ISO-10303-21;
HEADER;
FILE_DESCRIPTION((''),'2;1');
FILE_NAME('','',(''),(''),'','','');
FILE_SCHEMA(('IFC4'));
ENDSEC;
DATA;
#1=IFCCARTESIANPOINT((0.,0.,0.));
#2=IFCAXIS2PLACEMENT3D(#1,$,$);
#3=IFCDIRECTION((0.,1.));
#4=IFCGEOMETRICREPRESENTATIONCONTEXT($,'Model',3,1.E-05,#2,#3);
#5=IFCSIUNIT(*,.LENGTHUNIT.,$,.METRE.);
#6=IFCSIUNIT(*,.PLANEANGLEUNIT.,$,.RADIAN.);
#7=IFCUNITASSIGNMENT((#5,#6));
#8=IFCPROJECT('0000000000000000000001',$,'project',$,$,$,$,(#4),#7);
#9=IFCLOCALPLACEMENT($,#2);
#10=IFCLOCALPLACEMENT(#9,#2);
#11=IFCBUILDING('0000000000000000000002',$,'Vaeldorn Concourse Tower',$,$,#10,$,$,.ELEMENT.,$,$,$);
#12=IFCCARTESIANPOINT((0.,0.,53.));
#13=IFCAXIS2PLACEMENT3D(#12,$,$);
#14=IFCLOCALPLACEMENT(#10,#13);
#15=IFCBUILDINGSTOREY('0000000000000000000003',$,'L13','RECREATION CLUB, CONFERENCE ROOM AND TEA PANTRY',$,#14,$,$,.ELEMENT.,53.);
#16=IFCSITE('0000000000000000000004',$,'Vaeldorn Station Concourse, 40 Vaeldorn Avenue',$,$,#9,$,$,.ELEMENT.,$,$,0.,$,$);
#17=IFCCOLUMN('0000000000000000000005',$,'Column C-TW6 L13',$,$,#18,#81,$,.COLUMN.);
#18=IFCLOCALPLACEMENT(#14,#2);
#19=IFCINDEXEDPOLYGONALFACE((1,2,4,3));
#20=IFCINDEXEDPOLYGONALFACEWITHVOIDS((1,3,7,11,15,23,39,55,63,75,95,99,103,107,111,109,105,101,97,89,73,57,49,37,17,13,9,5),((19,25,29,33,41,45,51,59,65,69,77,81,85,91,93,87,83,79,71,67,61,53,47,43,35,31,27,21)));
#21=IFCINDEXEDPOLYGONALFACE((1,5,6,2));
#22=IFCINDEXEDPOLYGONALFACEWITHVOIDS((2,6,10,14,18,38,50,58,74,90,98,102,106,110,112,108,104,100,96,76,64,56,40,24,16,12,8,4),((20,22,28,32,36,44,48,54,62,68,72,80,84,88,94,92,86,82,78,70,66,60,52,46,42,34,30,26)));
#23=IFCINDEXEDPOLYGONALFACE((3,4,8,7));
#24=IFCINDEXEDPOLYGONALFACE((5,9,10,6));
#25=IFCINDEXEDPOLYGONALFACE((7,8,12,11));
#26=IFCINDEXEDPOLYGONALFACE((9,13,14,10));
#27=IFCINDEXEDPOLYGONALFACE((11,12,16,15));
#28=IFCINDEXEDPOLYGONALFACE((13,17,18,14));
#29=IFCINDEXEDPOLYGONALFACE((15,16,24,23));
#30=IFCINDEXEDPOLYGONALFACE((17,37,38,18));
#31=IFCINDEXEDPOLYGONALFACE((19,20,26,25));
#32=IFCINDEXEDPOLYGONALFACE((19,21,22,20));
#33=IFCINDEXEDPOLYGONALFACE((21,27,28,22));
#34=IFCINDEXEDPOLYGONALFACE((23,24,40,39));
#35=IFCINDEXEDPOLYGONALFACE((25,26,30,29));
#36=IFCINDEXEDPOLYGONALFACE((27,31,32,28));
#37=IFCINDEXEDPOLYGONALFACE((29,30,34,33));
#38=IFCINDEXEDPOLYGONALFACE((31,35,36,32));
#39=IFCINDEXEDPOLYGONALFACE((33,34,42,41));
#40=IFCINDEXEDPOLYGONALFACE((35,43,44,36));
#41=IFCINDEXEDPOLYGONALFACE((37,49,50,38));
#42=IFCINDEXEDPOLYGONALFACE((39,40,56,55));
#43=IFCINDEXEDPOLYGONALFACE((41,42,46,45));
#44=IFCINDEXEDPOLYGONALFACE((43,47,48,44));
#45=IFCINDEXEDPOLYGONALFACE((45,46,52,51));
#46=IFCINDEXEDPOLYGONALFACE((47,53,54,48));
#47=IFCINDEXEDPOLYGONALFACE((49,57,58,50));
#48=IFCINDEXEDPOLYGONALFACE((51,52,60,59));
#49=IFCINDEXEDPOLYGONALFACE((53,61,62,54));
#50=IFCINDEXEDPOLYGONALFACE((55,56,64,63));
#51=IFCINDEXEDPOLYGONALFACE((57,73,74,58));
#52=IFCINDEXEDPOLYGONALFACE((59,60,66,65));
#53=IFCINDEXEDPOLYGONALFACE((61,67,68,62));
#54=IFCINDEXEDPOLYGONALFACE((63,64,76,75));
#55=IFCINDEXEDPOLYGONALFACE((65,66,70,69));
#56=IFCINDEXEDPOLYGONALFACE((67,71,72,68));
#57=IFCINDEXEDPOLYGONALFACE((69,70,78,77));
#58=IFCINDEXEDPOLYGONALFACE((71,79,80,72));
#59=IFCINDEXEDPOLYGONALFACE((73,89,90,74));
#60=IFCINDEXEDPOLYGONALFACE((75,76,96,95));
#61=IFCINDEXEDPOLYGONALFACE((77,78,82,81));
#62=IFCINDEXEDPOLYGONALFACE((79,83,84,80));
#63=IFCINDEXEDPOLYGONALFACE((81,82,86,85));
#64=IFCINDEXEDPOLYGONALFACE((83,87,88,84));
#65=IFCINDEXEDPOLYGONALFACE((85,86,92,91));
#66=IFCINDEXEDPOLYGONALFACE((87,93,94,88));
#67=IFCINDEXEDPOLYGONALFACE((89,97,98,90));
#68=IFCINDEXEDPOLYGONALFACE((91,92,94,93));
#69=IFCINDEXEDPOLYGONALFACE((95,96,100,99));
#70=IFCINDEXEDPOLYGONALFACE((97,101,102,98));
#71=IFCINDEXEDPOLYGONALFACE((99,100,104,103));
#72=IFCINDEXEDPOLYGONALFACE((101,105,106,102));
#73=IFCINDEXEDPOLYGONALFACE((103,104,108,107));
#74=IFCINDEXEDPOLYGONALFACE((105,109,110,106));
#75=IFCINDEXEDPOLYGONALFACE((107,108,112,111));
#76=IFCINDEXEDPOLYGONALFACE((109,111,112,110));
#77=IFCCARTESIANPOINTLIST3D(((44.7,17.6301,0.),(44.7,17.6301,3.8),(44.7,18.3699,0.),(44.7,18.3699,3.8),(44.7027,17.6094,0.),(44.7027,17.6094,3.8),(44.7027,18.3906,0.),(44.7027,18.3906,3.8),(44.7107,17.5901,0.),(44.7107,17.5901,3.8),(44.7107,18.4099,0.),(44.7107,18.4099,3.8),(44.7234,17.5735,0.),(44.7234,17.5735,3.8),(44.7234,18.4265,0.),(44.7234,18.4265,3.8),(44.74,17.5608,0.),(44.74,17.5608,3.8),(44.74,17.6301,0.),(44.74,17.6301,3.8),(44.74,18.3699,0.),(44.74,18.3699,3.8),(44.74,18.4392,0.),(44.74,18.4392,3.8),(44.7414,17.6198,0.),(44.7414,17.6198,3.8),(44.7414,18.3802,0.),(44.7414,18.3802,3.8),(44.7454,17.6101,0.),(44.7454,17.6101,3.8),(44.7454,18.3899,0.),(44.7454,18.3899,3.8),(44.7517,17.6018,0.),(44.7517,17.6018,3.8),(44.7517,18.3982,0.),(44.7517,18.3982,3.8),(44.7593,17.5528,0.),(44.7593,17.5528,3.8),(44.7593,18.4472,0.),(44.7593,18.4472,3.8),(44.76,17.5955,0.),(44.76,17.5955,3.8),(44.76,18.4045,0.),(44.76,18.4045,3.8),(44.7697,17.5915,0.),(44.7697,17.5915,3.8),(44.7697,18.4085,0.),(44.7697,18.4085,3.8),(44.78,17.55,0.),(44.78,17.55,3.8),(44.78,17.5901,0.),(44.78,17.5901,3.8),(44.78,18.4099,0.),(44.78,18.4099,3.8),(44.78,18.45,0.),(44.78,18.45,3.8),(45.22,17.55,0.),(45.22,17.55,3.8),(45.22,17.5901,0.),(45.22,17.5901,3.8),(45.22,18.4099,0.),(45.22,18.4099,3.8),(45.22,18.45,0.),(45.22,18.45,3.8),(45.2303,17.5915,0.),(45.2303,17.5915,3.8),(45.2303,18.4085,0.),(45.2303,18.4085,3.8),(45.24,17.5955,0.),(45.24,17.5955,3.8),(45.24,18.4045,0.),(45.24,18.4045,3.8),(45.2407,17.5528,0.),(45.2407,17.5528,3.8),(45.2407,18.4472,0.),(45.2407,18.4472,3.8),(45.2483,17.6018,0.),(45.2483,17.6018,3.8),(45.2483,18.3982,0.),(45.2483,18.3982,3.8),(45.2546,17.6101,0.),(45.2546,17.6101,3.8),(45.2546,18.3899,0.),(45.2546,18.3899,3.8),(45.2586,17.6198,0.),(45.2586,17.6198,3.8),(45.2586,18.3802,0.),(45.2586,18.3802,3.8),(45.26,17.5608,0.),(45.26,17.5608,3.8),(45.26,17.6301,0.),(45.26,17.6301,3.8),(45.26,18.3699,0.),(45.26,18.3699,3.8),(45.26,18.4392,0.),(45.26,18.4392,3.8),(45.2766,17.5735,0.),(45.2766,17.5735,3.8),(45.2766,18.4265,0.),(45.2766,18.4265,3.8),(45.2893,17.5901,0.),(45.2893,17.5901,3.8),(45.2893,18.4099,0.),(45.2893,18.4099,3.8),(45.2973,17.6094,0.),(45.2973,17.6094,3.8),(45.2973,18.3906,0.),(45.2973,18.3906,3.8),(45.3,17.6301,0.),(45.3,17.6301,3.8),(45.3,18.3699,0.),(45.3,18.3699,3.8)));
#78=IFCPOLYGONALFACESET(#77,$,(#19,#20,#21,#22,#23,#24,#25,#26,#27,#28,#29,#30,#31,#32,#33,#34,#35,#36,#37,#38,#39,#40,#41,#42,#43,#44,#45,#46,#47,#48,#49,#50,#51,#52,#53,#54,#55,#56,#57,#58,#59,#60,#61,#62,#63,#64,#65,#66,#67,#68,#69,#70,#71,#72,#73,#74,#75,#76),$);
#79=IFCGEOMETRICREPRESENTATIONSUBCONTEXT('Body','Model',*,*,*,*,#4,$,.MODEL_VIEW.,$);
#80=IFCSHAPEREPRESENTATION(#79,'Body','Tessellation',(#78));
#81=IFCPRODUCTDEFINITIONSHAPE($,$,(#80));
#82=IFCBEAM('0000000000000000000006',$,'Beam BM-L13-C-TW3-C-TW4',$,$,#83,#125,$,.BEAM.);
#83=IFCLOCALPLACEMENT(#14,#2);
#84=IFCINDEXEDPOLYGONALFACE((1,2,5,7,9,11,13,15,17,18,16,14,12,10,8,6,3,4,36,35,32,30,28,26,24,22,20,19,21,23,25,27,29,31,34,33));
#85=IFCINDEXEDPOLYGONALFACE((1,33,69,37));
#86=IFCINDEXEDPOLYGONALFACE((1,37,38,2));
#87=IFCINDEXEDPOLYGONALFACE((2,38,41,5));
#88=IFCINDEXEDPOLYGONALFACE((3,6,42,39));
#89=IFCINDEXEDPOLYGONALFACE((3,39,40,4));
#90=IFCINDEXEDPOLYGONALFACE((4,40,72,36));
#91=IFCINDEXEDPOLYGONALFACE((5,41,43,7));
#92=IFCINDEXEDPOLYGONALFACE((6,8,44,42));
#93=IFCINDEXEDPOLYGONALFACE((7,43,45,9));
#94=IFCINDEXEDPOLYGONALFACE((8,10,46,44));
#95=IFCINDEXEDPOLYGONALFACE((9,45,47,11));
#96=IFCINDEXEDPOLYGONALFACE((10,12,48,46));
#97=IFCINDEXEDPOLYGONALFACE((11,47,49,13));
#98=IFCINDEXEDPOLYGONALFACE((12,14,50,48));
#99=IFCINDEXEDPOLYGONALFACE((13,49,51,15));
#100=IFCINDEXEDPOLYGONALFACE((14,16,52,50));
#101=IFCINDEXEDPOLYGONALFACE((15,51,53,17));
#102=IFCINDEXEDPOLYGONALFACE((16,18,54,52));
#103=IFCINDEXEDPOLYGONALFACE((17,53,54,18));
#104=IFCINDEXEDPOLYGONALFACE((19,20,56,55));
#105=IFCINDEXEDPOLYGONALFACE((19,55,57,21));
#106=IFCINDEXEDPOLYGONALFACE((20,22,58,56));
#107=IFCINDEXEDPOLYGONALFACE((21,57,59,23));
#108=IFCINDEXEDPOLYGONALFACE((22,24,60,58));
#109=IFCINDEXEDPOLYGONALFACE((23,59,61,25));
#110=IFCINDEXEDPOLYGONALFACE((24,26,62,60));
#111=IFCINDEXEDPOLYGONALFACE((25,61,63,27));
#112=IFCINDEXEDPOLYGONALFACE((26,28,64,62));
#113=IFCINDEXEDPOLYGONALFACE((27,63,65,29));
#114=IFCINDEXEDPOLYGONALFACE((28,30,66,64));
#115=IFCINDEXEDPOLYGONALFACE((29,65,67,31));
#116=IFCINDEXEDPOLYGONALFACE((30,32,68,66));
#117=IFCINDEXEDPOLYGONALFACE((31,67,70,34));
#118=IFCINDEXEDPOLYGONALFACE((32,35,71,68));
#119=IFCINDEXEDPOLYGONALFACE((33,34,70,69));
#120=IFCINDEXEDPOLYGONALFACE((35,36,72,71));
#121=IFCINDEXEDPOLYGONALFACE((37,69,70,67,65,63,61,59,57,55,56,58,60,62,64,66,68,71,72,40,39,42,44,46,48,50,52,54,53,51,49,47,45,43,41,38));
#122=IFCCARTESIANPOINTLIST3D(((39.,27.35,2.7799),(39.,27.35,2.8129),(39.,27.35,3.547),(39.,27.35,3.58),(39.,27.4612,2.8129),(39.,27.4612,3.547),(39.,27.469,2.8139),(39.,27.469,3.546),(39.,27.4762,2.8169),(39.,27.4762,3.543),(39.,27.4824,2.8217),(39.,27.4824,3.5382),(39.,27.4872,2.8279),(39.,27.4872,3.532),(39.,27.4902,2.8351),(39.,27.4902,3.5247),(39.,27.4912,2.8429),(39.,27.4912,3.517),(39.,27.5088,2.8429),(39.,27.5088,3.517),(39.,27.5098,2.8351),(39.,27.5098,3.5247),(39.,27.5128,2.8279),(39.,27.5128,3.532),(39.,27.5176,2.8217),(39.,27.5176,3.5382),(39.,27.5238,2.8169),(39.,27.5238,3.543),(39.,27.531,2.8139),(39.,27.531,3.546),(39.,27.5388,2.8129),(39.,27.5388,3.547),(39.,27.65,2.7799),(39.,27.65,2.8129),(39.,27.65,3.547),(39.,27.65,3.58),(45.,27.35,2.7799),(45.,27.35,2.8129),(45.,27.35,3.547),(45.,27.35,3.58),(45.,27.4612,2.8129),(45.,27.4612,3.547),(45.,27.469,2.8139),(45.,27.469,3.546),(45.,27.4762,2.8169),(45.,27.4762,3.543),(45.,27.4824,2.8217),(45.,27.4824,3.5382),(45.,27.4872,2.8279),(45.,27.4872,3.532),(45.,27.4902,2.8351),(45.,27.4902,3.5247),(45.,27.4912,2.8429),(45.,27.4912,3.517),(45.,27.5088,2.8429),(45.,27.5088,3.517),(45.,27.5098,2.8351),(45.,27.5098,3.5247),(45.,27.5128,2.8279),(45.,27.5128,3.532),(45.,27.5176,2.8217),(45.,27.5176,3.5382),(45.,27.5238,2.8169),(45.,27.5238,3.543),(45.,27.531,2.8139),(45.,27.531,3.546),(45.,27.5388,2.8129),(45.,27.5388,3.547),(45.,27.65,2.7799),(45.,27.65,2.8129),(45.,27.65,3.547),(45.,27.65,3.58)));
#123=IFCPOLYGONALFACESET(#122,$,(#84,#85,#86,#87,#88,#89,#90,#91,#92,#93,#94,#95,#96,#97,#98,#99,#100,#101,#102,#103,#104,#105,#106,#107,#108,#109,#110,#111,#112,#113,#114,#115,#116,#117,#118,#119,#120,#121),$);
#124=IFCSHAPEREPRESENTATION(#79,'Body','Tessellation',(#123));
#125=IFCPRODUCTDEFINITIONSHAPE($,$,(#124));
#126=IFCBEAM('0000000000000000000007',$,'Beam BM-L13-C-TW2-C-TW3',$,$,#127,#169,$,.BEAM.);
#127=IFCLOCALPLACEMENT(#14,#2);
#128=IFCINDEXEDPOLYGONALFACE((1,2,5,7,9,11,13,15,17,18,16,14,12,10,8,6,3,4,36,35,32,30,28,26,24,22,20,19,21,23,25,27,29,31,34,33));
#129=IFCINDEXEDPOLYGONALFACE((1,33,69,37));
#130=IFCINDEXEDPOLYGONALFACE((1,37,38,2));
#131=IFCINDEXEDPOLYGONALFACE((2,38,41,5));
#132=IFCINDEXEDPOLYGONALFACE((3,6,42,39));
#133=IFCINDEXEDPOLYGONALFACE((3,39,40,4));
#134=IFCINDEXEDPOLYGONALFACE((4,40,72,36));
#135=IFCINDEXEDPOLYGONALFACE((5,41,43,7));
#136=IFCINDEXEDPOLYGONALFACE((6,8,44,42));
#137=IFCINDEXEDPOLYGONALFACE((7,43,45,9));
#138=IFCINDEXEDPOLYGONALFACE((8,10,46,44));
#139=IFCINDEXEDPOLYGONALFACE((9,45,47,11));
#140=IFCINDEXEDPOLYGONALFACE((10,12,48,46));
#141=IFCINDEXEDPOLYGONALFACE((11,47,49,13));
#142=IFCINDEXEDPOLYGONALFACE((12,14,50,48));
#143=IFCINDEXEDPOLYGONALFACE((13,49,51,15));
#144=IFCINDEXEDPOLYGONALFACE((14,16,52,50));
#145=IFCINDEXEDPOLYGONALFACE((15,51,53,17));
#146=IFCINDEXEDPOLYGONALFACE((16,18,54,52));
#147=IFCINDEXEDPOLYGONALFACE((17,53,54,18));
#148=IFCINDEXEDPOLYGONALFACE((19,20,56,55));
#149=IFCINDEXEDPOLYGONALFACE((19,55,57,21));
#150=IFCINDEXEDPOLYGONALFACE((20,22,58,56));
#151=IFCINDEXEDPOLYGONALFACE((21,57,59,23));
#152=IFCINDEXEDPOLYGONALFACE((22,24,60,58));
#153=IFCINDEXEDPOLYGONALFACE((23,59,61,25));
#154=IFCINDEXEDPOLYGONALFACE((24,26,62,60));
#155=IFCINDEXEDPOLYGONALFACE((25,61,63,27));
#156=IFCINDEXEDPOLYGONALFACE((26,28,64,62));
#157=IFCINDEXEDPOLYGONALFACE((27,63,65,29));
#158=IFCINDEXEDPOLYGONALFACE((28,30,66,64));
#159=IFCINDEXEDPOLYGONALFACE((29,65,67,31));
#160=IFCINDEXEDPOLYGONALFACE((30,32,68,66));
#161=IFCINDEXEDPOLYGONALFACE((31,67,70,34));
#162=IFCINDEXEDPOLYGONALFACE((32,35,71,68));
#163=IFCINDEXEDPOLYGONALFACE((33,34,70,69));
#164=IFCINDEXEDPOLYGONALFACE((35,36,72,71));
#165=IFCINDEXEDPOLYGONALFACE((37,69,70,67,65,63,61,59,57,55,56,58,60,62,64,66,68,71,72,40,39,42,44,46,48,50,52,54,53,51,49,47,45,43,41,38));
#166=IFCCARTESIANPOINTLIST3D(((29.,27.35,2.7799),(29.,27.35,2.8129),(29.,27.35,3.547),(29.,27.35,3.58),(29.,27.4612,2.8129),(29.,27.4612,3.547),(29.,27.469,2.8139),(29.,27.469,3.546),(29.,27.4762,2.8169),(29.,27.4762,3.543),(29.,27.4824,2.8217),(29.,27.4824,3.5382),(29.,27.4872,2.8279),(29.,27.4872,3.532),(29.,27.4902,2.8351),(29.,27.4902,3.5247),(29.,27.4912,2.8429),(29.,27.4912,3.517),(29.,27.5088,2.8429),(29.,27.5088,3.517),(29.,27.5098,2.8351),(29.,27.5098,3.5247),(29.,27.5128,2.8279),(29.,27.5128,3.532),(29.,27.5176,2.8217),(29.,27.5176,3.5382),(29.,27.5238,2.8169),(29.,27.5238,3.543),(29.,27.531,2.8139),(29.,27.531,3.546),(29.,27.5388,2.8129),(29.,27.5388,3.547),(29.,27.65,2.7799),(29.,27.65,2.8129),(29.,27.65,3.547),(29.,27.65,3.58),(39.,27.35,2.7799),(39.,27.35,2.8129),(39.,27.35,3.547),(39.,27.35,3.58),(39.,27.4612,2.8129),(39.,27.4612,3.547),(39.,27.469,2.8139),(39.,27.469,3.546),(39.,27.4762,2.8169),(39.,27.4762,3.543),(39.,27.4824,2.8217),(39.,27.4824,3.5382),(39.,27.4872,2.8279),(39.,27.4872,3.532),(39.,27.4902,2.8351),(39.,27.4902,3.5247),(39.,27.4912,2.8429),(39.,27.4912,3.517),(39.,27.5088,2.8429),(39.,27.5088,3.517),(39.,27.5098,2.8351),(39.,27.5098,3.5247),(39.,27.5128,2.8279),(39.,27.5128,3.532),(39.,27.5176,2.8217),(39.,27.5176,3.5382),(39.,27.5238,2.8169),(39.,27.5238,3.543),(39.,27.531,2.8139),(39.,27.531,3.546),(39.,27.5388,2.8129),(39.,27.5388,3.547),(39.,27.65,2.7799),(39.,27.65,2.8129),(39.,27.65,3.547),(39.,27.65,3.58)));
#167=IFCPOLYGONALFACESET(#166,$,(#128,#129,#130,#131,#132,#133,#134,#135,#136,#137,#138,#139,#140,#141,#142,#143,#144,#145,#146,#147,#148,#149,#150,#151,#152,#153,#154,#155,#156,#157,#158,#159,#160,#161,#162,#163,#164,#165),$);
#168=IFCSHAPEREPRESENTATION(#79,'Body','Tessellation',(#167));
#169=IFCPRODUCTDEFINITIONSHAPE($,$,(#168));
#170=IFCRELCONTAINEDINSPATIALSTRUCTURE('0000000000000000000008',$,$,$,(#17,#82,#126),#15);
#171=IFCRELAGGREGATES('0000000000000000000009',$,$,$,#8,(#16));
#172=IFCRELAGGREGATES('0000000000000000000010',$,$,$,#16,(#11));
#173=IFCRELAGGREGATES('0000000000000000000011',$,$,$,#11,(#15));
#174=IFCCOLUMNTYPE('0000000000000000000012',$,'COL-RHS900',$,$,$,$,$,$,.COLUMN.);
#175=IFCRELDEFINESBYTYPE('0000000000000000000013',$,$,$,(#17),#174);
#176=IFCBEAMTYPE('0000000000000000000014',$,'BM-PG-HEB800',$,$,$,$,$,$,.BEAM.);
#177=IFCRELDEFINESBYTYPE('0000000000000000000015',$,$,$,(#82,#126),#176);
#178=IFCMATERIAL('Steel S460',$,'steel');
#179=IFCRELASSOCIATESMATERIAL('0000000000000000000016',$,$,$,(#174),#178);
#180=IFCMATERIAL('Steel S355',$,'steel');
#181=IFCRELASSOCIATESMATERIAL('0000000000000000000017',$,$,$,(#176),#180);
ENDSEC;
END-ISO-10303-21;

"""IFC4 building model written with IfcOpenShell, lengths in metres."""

from ifc_helpers import new_model, si_unit, direction, frame, origin, origin_2d, place, context, subcontext, project, spatial, hollow_rectangle, i_section, extrude, source, transform, mapped, material, material_profile, profile_set, type_object, element, save


model = new_model("IFC4")

# Units and contexts
model_context = context("Model", 3, precision=1e-05, world=origin(), true_north=direction((0.0, 1.0)))
body_context = subcontext(model_context, "Body", "Model", "MODEL_VIEW")
ifc_project = project(units=[si_unit("LENGTHUNIT", "METRE"), si_unit("PLANEANGLEUNIT", "RADIAN")], contexts=[model_context])

# Site, building, storey
site_placement = place(None, origin())
site = spatial("IfcSite", under=ifc_project, at=site_placement, Name="Vaeldorn Station Concourse, 40 Vaeldorn Avenue", CompositionType="ELEMENT", RefElevation=0.0)
building_placement = place(site_placement, origin())
building = spatial("IfcBuilding", under=site, at=building_placement, Name="Vaeldorn Concourse Tower", CompositionType="ELEMENT")
storey_placement = place(building_placement, frame((0.0, 0.0, 53.0)))
storey = spatial("IfcBuildingStorey", under=building, at=storey_placement, Name="L13", Description="RECREATION CLUB, CONFERENCE ROOM AND TEA PANTRY", CompositionType="ELEMENT", Elevation=53.0)

# Column
ifc_material_1 = material(Name="Steel S460", Category="steel")
ifc_material_profile_1 = material_profile(ifc_material_1, hollow_rectangle(XDim=0.6001, YDim=0.8999, WallThickness=0.04, InnerFilletRadius=0.04, OuterFilletRadius=0.0801, at=origin_2d()), Name="RHS 900x600x40")
ifc_profile_set_1 = profile_set([ifc_material_profile_1], Name="Steel S460")
column_type_1 = type_object("IfcColumnType", Name="COL-RHS900", PredefinedType="COLUMN", material=ifc_profile_set_1)
shared_shape_1 = source(origin(), body_context, "Body", "SweptSolid", [
    extrude(hollow_rectangle(XDim=0.6001, YDim=0.8999, WallThickness=0.04, InnerFilletRadius=0.04, OuterFilletRadius=0.0801, at=origin_2d()), origin(), (0.0, 0.0, 1.0), 3.8),
])
for number, where, z_axis, x_axis, name in (
    (1, (45.0, 18.0, 0.0), (0.0, 0.0, 1.0), (1.0, 0.0, 0.0), "Column C-TW6 L13"),
):
    element("IfcColumn", number, at=place(storey_placement, frame(where, z_axis=z_axis, x_axis=x_axis)), inside=storey, type_object=column_type_1, Name=name, PredefinedType="COLUMN", context=body_context, shape_type="MappedRepresentation", body=[
        mapped(shared_shape_1, transform((0.0, 0.0, 0.0), scale=1.0)),
    ])

# Beams
ifc_material_2 = material(Name="Steel S355", Category="steel")
ifc_material_profile_2 = material_profile(ifc_material_2, i_section(OverallWidth=0.3, OverallDepth=0.8, WebThickness=0.0176, FlangeThickness=0.033, FilletRadius=0.03, at=origin_2d()), Name="HEB 800")
ifc_profile_set_2 = profile_set([ifc_material_profile_2], Name="Steel S355")
beam_type_1 = type_object("IfcBeamType", Name="BM-PG-HEB800", PredefinedType="BEAM", material=ifc_profile_set_2)
shared_shape_2 = source(origin(), body_context, "Body", "SweptSolid", [
    extrude(i_section(OverallWidth=0.3, OverallDepth=0.8, WebThickness=0.0176, FlangeThickness=0.033, FilletRadius=0.03, at=origin_2d()), origin(), (0.0, 0.0, 1.0), 6.0),
])
beam_1_placement = place(storey_placement, frame((39.0, 27.5, 3.1799), z_axis=(1.0, 0.0, 0.0), x_axis=(0.0, 1.0, 0.0)))
element("IfcBeam", 2, at=beam_1_placement, inside=storey, type_object=beam_type_1, Name="Beam BM-L13-C-TW3-C-TW4", PredefinedType="BEAM", context=body_context, shape_type="MappedRepresentation", body=[
    mapped(shared_shape_2, transform((0.0, 0.0, 0.0), scale=1.0)),
])
shared_shape_3 = source(origin(), body_context, "Body", "SweptSolid", [
    extrude(i_section(OverallWidth=0.3, OverallDepth=0.8, WebThickness=0.0176, FlangeThickness=0.033, FilletRadius=0.03, at=origin_2d()), origin(), (0.0, 0.0, 1.0), 10.0),
])
beam_2_placement = place(storey_placement, frame((29.0, 27.5, 3.1799), z_axis=(1.0, 0.0, 0.0), x_axis=(0.0, 1.0, 0.0)))
element("IfcBeam", 3, at=beam_2_placement, inside=storey, type_object=beam_type_1, Name="Beam BM-L13-C-TW2-C-TW3", PredefinedType="BEAM", context=body_context, shape_type="MappedRepresentation", body=[
    mapped(shared_shape_3, transform((0.0, 0.0, 0.0), scale=1.0)),
])

save(model, "model.ifc")
